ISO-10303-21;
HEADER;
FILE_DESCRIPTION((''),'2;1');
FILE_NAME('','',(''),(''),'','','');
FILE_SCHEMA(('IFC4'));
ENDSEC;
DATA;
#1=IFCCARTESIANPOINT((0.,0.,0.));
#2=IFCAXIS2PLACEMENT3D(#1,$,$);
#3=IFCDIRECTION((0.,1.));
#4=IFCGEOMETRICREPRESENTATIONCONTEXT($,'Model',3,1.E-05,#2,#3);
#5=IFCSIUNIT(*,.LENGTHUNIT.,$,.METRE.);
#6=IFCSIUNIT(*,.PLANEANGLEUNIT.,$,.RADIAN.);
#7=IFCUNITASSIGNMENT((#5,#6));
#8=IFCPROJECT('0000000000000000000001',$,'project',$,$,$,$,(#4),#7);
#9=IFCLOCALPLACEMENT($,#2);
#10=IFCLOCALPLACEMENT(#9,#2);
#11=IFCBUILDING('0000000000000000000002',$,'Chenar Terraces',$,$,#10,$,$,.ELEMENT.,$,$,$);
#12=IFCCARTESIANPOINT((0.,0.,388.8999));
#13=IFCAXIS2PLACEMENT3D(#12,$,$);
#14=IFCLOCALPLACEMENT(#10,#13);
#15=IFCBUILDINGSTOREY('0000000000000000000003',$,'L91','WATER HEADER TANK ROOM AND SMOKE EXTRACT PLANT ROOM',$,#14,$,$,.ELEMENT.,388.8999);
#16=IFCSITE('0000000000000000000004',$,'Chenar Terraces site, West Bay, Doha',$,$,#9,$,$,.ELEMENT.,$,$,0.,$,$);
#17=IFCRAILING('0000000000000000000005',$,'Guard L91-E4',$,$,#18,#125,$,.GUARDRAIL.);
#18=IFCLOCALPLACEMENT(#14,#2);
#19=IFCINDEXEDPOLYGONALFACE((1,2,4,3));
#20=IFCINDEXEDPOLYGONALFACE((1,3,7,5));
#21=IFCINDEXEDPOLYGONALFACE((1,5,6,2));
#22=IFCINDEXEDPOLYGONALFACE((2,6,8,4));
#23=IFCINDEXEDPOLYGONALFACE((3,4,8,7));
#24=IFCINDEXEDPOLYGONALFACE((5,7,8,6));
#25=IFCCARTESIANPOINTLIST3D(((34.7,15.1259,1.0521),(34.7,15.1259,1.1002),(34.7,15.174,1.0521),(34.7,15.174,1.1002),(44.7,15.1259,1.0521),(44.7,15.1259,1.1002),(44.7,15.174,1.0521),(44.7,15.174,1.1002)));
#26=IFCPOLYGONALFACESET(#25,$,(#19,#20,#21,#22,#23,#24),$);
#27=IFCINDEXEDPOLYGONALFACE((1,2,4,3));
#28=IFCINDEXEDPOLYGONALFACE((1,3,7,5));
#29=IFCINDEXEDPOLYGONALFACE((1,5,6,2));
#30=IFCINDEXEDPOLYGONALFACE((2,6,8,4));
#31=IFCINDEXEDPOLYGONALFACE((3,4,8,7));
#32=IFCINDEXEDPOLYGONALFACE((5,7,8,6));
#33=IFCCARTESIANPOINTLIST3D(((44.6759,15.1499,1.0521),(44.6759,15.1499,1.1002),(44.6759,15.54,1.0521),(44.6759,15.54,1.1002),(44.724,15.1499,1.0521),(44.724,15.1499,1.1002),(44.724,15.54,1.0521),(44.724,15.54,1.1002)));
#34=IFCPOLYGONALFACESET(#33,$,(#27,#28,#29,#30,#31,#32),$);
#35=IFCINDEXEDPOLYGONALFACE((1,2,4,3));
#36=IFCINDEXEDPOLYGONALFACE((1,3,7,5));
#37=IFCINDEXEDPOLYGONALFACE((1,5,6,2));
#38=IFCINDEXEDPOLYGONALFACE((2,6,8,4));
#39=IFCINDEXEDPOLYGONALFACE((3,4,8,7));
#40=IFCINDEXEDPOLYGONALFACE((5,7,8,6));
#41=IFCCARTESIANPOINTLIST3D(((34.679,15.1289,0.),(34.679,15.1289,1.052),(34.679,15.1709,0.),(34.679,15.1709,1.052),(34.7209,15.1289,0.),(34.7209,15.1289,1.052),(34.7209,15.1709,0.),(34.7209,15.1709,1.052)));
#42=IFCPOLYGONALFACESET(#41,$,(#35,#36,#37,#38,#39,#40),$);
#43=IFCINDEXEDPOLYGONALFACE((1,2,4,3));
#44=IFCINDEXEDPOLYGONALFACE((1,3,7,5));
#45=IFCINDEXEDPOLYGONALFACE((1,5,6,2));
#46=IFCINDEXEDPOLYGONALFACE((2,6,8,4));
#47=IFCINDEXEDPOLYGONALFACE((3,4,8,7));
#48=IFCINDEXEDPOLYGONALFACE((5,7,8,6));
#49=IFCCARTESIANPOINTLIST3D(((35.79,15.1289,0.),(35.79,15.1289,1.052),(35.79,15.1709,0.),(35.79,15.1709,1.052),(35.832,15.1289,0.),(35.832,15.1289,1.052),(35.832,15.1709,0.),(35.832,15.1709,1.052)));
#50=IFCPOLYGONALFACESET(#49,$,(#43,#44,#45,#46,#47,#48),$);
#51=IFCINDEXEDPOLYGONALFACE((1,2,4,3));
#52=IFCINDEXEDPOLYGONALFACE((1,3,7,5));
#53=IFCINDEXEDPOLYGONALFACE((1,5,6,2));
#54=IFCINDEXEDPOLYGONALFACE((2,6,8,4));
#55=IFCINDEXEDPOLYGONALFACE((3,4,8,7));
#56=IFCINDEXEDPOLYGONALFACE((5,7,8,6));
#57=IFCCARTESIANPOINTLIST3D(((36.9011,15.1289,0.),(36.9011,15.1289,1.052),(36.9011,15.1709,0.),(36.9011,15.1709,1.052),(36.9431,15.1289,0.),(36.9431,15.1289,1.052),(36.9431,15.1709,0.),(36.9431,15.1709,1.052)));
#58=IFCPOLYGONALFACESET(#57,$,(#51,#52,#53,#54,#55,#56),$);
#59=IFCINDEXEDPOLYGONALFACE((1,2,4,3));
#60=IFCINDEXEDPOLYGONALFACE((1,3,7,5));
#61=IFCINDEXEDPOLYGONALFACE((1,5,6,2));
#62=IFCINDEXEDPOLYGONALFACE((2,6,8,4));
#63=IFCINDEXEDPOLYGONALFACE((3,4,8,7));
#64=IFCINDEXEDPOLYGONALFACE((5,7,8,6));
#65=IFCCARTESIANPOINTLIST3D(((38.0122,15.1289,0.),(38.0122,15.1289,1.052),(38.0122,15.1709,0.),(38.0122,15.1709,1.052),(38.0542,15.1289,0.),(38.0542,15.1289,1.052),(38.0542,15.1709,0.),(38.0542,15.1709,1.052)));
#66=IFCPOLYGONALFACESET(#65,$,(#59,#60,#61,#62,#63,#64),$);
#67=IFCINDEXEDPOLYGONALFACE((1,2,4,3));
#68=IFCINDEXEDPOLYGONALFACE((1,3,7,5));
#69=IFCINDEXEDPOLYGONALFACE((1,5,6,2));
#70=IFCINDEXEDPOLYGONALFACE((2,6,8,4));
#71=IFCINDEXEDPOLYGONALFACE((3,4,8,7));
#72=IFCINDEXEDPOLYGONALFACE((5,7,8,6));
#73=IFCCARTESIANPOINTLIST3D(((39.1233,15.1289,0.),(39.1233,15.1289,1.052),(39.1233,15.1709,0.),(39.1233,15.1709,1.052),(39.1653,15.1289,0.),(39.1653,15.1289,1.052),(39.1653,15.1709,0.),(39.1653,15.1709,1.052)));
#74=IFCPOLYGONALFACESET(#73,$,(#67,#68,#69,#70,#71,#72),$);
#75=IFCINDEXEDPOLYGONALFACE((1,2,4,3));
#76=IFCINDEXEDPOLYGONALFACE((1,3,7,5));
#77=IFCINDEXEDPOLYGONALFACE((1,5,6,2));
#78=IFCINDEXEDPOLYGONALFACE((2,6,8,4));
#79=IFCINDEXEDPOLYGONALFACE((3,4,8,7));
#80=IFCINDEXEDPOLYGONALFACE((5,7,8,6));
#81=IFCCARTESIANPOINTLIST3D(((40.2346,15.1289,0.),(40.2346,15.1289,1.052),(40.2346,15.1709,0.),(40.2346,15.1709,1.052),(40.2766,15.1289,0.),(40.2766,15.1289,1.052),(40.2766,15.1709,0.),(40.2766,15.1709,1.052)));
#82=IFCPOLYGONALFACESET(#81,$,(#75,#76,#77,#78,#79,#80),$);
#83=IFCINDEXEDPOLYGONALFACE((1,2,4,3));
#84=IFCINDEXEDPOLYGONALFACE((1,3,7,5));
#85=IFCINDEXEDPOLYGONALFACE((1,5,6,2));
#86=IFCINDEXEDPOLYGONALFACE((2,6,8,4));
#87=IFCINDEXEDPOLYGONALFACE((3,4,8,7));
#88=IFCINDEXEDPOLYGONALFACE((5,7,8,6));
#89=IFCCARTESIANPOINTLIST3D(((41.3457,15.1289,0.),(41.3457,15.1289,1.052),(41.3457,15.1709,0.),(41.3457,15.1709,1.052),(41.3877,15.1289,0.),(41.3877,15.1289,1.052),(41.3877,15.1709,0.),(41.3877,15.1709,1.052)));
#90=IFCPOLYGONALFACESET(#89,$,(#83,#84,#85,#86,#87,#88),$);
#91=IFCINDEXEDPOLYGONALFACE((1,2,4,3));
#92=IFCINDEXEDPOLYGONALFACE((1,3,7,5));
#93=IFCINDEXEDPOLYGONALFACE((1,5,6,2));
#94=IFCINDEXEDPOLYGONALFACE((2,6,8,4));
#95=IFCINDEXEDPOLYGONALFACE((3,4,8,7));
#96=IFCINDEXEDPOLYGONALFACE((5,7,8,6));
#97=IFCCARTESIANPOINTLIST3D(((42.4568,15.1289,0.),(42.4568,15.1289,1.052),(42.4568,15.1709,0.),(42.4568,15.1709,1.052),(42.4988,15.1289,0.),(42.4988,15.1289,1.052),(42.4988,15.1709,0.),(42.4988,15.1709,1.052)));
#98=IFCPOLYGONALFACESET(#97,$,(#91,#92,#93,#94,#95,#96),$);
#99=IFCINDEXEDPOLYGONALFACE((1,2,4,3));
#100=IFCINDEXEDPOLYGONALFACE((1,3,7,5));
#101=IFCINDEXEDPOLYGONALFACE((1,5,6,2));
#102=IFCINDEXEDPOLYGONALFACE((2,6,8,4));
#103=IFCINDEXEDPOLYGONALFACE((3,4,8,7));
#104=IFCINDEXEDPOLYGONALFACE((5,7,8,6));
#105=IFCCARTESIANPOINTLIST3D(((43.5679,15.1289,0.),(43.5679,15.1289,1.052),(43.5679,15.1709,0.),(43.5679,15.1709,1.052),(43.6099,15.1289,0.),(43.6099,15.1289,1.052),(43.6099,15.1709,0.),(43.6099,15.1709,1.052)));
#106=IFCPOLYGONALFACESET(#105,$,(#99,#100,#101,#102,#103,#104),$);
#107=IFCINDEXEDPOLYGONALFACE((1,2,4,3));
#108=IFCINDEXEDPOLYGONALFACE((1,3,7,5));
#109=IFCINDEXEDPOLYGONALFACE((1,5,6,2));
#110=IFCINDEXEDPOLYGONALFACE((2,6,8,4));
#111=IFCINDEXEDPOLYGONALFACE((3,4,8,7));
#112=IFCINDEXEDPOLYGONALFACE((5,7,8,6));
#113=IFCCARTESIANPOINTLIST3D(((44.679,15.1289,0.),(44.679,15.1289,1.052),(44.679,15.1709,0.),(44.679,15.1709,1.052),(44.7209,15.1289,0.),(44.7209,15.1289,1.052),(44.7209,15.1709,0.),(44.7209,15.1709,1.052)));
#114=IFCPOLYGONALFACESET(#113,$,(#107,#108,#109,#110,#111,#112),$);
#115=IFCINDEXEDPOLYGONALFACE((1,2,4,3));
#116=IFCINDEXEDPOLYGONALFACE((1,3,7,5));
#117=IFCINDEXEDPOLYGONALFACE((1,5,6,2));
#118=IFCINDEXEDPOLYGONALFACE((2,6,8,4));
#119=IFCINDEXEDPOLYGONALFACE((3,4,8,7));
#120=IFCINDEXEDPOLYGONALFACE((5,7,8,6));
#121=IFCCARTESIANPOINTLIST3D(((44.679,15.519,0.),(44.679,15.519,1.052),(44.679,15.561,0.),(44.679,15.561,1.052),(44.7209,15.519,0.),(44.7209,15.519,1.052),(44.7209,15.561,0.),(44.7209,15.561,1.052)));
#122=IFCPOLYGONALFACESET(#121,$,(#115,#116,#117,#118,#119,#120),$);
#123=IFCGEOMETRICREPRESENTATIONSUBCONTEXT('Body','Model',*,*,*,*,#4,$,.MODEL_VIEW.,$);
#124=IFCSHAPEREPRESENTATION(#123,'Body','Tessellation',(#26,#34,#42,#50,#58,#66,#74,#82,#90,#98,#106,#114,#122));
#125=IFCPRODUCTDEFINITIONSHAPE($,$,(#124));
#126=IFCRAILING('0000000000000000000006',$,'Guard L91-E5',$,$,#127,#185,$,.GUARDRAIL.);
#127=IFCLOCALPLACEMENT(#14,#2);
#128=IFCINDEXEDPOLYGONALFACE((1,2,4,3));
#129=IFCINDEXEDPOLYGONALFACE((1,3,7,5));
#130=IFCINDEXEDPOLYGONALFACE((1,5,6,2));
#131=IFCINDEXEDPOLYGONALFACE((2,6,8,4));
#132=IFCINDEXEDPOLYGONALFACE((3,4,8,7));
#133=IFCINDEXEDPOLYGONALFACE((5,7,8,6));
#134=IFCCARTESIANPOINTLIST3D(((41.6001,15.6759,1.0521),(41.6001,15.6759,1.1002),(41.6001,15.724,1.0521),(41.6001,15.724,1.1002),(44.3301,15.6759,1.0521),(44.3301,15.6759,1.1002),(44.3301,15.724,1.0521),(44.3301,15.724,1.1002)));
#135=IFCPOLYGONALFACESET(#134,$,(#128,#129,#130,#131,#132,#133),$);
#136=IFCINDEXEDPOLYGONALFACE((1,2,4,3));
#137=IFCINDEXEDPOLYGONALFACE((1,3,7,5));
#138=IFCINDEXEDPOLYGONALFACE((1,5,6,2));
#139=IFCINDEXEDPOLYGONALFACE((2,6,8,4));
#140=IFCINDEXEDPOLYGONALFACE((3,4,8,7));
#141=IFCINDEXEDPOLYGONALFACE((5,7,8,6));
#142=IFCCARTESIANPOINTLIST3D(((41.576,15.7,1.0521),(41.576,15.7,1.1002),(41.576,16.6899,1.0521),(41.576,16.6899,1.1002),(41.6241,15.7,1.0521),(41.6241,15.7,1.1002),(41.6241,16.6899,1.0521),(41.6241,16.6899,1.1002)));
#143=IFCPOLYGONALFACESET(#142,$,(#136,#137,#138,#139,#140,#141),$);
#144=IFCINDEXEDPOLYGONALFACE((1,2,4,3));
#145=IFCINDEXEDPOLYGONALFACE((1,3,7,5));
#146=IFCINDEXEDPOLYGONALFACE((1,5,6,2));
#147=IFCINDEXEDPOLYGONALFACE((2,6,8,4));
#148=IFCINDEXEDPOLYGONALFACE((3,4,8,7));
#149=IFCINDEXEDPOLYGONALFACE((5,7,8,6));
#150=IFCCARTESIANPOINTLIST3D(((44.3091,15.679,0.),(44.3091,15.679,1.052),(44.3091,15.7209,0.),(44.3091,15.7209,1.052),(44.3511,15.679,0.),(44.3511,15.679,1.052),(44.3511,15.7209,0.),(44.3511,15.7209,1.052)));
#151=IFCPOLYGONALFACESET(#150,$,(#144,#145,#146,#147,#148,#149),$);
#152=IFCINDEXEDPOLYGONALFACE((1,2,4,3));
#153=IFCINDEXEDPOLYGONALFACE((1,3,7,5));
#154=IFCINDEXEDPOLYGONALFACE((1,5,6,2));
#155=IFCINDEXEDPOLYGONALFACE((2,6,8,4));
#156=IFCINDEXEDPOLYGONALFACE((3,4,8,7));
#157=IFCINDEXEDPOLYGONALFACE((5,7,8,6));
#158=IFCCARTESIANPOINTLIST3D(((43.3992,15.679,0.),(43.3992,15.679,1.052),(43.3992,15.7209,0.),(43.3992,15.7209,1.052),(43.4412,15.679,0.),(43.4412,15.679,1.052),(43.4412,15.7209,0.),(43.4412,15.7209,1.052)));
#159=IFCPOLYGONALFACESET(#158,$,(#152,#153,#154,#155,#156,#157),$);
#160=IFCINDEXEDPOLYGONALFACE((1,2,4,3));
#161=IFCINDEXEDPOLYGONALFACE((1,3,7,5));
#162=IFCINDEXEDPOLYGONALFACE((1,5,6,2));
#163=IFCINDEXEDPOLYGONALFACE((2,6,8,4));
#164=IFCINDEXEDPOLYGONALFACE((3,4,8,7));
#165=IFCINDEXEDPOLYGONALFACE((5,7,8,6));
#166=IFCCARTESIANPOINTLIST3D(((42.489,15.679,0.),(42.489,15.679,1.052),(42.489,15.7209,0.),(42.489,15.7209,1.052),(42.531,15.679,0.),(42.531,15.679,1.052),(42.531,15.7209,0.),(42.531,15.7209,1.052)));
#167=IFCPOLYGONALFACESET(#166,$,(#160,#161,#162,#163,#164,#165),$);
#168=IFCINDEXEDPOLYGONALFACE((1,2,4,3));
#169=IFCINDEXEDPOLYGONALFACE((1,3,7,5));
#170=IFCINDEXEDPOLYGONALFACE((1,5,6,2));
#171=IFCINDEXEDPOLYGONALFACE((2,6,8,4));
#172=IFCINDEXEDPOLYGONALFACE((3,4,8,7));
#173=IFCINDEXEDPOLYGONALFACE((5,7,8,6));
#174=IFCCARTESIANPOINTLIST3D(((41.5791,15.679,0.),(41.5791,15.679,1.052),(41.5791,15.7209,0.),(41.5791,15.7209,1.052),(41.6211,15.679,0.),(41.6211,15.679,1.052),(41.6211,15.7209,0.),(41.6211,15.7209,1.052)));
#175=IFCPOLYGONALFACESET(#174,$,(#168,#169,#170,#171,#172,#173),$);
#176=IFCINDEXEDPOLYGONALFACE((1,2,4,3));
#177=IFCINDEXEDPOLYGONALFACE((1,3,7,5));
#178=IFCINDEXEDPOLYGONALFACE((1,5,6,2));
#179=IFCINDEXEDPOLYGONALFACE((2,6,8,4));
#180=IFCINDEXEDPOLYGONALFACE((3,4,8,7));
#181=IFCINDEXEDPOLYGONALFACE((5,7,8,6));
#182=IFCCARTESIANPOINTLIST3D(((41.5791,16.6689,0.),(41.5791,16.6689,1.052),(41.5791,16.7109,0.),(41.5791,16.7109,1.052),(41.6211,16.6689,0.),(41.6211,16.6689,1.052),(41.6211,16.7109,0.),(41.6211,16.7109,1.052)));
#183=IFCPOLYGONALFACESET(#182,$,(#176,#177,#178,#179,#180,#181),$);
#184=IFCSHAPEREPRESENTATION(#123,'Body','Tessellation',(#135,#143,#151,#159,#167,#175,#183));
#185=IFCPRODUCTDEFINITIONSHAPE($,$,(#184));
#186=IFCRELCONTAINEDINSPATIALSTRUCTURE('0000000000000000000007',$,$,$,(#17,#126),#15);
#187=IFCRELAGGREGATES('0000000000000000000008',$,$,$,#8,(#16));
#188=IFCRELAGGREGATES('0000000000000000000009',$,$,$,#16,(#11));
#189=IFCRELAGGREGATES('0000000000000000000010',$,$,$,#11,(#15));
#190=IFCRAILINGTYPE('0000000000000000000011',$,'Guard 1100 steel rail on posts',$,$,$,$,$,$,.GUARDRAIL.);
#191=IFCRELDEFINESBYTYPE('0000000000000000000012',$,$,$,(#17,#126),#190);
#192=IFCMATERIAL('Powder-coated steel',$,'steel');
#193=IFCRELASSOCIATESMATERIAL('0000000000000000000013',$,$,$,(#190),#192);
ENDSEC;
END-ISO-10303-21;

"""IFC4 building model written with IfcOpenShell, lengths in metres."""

from ifc_helpers import new_model, si_unit, direction, frame, origin, origin_2d, place, context, subcontext, project, spatial, rectangle, extrude, material, type_object, element, save


model = new_model("IFC4")

# Units and contexts
model_context = context("Model", 3, precision=1e-05, world=origin(), true_north=direction((0.0, 1.0)))
body_context = subcontext(model_context, "Body", "Model", "MODEL_VIEW")
ifc_project = project(units=[si_unit("LENGTHUNIT", "METRE"), si_unit("PLANEANGLEUNIT", "RADIAN")], contexts=[model_context])

# Site, building, storey
site_placement = place(None, origin())
site = spatial("IfcSite", under=ifc_project, at=site_placement, Name="Chenar Terraces site, West Bay, Doha", CompositionType="ELEMENT", RefElevation=0.0)
building_placement = place(site_placement, origin())
building = spatial("IfcBuilding", under=site, at=building_placement, Name="Chenar Terraces", CompositionType="ELEMENT")
storey_placement = place(building_placement, frame((0.0, 0.0, 388.8999)))
storey = spatial("IfcBuildingStorey", under=building, at=storey_placement, Name="L91", Description="WATER HEADER TANK ROOM AND SMOKE EXTRACT PLANT ROOM", CompositionType="ELEMENT", Elevation=388.8999)

# Railings
ifc_material_1 = material(Name="Powder-coated steel", Category="steel")
railing_type = type_object("IfcRailingType", Name="Guard 1100 steel rail on posts", PredefinedType="GUARDRAIL", material=ifc_material_1)
railing_1_placement = place(storey_placement, frame((34.7, 15.1499, 0.0)))
element("IfcRailing", 1, at=railing_1_placement, inside=storey, type_object=railing_type, Name="Guard L91-E4", PredefinedType="GUARDRAIL", context=body_context, shape_type="SweptSolid", body=[
    extrude(rectangle(XDim=0.0481, YDim=0.0481, at=origin_2d()), frame((0.0, 0.0, 1.0762), z_axis=(1.0, 0.0, 0.0), x_axis=(0.0, 1.0, 0.0)), (0.0, 0.0, 1.0), 10.0),
    extrude(rectangle(XDim=0.0481, YDim=0.0481, at=origin_2d()), frame((10.0, 0.0, 1.0762), z_axis=(0.0, 1.0, 0.0), x_axis=(-1.0, 0.0, 0.0)), (0.0, 0.0, 1.0), 0.3901),
    extrude(rectangle(XDim=0.042, YDim=0.042, at=origin_2d()), origin(), (0.0, 0.0, 1.0), 1.052),
    extrude(rectangle(XDim=0.042, YDim=0.042, at=origin_2d()), frame((1.1111, 0.0, 0.0)), (0.0, 0.0, 1.0), 1.052),
    extrude(rectangle(XDim=0.042, YDim=0.042, at=origin_2d()), frame((2.2222, 0.0, 0.0)), (0.0, 0.0, 1.0), 1.052),
    extrude(rectangle(XDim=0.042, YDim=0.042, at=origin_2d()), frame((3.3333, 0.0, 0.0)), (0.0, 0.0, 1.0), 1.052),
    extrude(rectangle(XDim=0.042, YDim=0.042, at=origin_2d()), frame((4.4443, 0.0, 0.0)), (0.0, 0.0, 1.0), 1.052),
    extrude(rectangle(XDim=0.042, YDim=0.042, at=origin_2d()), frame((5.5557, 0.0, 0.0)), (0.0, 0.0, 1.0), 1.052),
    extrude(rectangle(XDim=0.042, YDim=0.042, at=origin_2d()), frame((6.6667, 0.0, 0.0)), (0.0, 0.0, 1.0), 1.052),
    extrude(rectangle(XDim=0.042, YDim=0.042, at=origin_2d()), frame((7.7778, 0.0, 0.0)), (0.0, 0.0, 1.0), 1.052),
    extrude(rectangle(XDim=0.042, YDim=0.042, at=origin_2d()), frame((8.8889, 0.0, 0.0)), (0.0, 0.0, 1.0), 1.052),
    extrude(rectangle(XDim=0.042, YDim=0.042, at=origin_2d()), frame((10.0, 0.0, 0.0)), (0.0, 0.0, 1.0), 1.052),
    extrude(rectangle(XDim=0.042, YDim=0.042, at=origin_2d()), frame((10.0, 0.3901, 0.0)), (0.0, 0.0, 1.0), 1.052),
])
railing_2_placement = place(storey_placement, frame((44.3301, 15.7, 0.0)))
element("IfcRailing", 2, at=railing_2_placement, inside=storey, type_object=railing_type, Name="Guard L91-E5", PredefinedType="GUARDRAIL", context=body_context, shape_type="SweptSolid", body=[
    extrude(rectangle(XDim=0.0481, YDim=0.0481, at=origin_2d()), frame((0.0, 0.0, 1.0762), z_axis=(-1.0, 0.0, 0.0), x_axis=(0.0, -1.0, 0.0)), (0.0, 0.0, 1.0), 2.73),
    extrude(rectangle(XDim=0.0481, YDim=0.0481, at=origin_2d()), frame((-2.73, 0.0, 1.0762), z_axis=(0.0, 1.0, 0.0), x_axis=(-1.0, 0.0, 0.0)), (0.0, 0.0, 1.0), 0.99),
    extrude(rectangle(XDim=0.042, YDim=0.042, at=origin_2d()), origin(), (0.0, 0.0, 1.0), 1.052),
    extrude(rectangle(XDim=0.042, YDim=0.042, at=origin_2d()), frame((-0.9099, 0.0, 0.0)), (0.0, 0.0, 1.0), 1.052),
    extrude(rectangle(XDim=0.042, YDim=0.042, at=origin_2d()), frame((-1.8201, 0.0, 0.0)), (0.0, 0.0, 1.0), 1.052),
    extrude(rectangle(XDim=0.042, YDim=0.042, at=origin_2d()), frame((-2.73, 0.0, 0.0)), (0.0, 0.0, 1.0), 1.052),
    extrude(rectangle(XDim=0.042, YDim=0.042, at=origin_2d()), frame((-2.73, 0.99, 0.0)), (0.0, 0.0, 1.0), 1.052),
])

save(model, "model.ifc")
